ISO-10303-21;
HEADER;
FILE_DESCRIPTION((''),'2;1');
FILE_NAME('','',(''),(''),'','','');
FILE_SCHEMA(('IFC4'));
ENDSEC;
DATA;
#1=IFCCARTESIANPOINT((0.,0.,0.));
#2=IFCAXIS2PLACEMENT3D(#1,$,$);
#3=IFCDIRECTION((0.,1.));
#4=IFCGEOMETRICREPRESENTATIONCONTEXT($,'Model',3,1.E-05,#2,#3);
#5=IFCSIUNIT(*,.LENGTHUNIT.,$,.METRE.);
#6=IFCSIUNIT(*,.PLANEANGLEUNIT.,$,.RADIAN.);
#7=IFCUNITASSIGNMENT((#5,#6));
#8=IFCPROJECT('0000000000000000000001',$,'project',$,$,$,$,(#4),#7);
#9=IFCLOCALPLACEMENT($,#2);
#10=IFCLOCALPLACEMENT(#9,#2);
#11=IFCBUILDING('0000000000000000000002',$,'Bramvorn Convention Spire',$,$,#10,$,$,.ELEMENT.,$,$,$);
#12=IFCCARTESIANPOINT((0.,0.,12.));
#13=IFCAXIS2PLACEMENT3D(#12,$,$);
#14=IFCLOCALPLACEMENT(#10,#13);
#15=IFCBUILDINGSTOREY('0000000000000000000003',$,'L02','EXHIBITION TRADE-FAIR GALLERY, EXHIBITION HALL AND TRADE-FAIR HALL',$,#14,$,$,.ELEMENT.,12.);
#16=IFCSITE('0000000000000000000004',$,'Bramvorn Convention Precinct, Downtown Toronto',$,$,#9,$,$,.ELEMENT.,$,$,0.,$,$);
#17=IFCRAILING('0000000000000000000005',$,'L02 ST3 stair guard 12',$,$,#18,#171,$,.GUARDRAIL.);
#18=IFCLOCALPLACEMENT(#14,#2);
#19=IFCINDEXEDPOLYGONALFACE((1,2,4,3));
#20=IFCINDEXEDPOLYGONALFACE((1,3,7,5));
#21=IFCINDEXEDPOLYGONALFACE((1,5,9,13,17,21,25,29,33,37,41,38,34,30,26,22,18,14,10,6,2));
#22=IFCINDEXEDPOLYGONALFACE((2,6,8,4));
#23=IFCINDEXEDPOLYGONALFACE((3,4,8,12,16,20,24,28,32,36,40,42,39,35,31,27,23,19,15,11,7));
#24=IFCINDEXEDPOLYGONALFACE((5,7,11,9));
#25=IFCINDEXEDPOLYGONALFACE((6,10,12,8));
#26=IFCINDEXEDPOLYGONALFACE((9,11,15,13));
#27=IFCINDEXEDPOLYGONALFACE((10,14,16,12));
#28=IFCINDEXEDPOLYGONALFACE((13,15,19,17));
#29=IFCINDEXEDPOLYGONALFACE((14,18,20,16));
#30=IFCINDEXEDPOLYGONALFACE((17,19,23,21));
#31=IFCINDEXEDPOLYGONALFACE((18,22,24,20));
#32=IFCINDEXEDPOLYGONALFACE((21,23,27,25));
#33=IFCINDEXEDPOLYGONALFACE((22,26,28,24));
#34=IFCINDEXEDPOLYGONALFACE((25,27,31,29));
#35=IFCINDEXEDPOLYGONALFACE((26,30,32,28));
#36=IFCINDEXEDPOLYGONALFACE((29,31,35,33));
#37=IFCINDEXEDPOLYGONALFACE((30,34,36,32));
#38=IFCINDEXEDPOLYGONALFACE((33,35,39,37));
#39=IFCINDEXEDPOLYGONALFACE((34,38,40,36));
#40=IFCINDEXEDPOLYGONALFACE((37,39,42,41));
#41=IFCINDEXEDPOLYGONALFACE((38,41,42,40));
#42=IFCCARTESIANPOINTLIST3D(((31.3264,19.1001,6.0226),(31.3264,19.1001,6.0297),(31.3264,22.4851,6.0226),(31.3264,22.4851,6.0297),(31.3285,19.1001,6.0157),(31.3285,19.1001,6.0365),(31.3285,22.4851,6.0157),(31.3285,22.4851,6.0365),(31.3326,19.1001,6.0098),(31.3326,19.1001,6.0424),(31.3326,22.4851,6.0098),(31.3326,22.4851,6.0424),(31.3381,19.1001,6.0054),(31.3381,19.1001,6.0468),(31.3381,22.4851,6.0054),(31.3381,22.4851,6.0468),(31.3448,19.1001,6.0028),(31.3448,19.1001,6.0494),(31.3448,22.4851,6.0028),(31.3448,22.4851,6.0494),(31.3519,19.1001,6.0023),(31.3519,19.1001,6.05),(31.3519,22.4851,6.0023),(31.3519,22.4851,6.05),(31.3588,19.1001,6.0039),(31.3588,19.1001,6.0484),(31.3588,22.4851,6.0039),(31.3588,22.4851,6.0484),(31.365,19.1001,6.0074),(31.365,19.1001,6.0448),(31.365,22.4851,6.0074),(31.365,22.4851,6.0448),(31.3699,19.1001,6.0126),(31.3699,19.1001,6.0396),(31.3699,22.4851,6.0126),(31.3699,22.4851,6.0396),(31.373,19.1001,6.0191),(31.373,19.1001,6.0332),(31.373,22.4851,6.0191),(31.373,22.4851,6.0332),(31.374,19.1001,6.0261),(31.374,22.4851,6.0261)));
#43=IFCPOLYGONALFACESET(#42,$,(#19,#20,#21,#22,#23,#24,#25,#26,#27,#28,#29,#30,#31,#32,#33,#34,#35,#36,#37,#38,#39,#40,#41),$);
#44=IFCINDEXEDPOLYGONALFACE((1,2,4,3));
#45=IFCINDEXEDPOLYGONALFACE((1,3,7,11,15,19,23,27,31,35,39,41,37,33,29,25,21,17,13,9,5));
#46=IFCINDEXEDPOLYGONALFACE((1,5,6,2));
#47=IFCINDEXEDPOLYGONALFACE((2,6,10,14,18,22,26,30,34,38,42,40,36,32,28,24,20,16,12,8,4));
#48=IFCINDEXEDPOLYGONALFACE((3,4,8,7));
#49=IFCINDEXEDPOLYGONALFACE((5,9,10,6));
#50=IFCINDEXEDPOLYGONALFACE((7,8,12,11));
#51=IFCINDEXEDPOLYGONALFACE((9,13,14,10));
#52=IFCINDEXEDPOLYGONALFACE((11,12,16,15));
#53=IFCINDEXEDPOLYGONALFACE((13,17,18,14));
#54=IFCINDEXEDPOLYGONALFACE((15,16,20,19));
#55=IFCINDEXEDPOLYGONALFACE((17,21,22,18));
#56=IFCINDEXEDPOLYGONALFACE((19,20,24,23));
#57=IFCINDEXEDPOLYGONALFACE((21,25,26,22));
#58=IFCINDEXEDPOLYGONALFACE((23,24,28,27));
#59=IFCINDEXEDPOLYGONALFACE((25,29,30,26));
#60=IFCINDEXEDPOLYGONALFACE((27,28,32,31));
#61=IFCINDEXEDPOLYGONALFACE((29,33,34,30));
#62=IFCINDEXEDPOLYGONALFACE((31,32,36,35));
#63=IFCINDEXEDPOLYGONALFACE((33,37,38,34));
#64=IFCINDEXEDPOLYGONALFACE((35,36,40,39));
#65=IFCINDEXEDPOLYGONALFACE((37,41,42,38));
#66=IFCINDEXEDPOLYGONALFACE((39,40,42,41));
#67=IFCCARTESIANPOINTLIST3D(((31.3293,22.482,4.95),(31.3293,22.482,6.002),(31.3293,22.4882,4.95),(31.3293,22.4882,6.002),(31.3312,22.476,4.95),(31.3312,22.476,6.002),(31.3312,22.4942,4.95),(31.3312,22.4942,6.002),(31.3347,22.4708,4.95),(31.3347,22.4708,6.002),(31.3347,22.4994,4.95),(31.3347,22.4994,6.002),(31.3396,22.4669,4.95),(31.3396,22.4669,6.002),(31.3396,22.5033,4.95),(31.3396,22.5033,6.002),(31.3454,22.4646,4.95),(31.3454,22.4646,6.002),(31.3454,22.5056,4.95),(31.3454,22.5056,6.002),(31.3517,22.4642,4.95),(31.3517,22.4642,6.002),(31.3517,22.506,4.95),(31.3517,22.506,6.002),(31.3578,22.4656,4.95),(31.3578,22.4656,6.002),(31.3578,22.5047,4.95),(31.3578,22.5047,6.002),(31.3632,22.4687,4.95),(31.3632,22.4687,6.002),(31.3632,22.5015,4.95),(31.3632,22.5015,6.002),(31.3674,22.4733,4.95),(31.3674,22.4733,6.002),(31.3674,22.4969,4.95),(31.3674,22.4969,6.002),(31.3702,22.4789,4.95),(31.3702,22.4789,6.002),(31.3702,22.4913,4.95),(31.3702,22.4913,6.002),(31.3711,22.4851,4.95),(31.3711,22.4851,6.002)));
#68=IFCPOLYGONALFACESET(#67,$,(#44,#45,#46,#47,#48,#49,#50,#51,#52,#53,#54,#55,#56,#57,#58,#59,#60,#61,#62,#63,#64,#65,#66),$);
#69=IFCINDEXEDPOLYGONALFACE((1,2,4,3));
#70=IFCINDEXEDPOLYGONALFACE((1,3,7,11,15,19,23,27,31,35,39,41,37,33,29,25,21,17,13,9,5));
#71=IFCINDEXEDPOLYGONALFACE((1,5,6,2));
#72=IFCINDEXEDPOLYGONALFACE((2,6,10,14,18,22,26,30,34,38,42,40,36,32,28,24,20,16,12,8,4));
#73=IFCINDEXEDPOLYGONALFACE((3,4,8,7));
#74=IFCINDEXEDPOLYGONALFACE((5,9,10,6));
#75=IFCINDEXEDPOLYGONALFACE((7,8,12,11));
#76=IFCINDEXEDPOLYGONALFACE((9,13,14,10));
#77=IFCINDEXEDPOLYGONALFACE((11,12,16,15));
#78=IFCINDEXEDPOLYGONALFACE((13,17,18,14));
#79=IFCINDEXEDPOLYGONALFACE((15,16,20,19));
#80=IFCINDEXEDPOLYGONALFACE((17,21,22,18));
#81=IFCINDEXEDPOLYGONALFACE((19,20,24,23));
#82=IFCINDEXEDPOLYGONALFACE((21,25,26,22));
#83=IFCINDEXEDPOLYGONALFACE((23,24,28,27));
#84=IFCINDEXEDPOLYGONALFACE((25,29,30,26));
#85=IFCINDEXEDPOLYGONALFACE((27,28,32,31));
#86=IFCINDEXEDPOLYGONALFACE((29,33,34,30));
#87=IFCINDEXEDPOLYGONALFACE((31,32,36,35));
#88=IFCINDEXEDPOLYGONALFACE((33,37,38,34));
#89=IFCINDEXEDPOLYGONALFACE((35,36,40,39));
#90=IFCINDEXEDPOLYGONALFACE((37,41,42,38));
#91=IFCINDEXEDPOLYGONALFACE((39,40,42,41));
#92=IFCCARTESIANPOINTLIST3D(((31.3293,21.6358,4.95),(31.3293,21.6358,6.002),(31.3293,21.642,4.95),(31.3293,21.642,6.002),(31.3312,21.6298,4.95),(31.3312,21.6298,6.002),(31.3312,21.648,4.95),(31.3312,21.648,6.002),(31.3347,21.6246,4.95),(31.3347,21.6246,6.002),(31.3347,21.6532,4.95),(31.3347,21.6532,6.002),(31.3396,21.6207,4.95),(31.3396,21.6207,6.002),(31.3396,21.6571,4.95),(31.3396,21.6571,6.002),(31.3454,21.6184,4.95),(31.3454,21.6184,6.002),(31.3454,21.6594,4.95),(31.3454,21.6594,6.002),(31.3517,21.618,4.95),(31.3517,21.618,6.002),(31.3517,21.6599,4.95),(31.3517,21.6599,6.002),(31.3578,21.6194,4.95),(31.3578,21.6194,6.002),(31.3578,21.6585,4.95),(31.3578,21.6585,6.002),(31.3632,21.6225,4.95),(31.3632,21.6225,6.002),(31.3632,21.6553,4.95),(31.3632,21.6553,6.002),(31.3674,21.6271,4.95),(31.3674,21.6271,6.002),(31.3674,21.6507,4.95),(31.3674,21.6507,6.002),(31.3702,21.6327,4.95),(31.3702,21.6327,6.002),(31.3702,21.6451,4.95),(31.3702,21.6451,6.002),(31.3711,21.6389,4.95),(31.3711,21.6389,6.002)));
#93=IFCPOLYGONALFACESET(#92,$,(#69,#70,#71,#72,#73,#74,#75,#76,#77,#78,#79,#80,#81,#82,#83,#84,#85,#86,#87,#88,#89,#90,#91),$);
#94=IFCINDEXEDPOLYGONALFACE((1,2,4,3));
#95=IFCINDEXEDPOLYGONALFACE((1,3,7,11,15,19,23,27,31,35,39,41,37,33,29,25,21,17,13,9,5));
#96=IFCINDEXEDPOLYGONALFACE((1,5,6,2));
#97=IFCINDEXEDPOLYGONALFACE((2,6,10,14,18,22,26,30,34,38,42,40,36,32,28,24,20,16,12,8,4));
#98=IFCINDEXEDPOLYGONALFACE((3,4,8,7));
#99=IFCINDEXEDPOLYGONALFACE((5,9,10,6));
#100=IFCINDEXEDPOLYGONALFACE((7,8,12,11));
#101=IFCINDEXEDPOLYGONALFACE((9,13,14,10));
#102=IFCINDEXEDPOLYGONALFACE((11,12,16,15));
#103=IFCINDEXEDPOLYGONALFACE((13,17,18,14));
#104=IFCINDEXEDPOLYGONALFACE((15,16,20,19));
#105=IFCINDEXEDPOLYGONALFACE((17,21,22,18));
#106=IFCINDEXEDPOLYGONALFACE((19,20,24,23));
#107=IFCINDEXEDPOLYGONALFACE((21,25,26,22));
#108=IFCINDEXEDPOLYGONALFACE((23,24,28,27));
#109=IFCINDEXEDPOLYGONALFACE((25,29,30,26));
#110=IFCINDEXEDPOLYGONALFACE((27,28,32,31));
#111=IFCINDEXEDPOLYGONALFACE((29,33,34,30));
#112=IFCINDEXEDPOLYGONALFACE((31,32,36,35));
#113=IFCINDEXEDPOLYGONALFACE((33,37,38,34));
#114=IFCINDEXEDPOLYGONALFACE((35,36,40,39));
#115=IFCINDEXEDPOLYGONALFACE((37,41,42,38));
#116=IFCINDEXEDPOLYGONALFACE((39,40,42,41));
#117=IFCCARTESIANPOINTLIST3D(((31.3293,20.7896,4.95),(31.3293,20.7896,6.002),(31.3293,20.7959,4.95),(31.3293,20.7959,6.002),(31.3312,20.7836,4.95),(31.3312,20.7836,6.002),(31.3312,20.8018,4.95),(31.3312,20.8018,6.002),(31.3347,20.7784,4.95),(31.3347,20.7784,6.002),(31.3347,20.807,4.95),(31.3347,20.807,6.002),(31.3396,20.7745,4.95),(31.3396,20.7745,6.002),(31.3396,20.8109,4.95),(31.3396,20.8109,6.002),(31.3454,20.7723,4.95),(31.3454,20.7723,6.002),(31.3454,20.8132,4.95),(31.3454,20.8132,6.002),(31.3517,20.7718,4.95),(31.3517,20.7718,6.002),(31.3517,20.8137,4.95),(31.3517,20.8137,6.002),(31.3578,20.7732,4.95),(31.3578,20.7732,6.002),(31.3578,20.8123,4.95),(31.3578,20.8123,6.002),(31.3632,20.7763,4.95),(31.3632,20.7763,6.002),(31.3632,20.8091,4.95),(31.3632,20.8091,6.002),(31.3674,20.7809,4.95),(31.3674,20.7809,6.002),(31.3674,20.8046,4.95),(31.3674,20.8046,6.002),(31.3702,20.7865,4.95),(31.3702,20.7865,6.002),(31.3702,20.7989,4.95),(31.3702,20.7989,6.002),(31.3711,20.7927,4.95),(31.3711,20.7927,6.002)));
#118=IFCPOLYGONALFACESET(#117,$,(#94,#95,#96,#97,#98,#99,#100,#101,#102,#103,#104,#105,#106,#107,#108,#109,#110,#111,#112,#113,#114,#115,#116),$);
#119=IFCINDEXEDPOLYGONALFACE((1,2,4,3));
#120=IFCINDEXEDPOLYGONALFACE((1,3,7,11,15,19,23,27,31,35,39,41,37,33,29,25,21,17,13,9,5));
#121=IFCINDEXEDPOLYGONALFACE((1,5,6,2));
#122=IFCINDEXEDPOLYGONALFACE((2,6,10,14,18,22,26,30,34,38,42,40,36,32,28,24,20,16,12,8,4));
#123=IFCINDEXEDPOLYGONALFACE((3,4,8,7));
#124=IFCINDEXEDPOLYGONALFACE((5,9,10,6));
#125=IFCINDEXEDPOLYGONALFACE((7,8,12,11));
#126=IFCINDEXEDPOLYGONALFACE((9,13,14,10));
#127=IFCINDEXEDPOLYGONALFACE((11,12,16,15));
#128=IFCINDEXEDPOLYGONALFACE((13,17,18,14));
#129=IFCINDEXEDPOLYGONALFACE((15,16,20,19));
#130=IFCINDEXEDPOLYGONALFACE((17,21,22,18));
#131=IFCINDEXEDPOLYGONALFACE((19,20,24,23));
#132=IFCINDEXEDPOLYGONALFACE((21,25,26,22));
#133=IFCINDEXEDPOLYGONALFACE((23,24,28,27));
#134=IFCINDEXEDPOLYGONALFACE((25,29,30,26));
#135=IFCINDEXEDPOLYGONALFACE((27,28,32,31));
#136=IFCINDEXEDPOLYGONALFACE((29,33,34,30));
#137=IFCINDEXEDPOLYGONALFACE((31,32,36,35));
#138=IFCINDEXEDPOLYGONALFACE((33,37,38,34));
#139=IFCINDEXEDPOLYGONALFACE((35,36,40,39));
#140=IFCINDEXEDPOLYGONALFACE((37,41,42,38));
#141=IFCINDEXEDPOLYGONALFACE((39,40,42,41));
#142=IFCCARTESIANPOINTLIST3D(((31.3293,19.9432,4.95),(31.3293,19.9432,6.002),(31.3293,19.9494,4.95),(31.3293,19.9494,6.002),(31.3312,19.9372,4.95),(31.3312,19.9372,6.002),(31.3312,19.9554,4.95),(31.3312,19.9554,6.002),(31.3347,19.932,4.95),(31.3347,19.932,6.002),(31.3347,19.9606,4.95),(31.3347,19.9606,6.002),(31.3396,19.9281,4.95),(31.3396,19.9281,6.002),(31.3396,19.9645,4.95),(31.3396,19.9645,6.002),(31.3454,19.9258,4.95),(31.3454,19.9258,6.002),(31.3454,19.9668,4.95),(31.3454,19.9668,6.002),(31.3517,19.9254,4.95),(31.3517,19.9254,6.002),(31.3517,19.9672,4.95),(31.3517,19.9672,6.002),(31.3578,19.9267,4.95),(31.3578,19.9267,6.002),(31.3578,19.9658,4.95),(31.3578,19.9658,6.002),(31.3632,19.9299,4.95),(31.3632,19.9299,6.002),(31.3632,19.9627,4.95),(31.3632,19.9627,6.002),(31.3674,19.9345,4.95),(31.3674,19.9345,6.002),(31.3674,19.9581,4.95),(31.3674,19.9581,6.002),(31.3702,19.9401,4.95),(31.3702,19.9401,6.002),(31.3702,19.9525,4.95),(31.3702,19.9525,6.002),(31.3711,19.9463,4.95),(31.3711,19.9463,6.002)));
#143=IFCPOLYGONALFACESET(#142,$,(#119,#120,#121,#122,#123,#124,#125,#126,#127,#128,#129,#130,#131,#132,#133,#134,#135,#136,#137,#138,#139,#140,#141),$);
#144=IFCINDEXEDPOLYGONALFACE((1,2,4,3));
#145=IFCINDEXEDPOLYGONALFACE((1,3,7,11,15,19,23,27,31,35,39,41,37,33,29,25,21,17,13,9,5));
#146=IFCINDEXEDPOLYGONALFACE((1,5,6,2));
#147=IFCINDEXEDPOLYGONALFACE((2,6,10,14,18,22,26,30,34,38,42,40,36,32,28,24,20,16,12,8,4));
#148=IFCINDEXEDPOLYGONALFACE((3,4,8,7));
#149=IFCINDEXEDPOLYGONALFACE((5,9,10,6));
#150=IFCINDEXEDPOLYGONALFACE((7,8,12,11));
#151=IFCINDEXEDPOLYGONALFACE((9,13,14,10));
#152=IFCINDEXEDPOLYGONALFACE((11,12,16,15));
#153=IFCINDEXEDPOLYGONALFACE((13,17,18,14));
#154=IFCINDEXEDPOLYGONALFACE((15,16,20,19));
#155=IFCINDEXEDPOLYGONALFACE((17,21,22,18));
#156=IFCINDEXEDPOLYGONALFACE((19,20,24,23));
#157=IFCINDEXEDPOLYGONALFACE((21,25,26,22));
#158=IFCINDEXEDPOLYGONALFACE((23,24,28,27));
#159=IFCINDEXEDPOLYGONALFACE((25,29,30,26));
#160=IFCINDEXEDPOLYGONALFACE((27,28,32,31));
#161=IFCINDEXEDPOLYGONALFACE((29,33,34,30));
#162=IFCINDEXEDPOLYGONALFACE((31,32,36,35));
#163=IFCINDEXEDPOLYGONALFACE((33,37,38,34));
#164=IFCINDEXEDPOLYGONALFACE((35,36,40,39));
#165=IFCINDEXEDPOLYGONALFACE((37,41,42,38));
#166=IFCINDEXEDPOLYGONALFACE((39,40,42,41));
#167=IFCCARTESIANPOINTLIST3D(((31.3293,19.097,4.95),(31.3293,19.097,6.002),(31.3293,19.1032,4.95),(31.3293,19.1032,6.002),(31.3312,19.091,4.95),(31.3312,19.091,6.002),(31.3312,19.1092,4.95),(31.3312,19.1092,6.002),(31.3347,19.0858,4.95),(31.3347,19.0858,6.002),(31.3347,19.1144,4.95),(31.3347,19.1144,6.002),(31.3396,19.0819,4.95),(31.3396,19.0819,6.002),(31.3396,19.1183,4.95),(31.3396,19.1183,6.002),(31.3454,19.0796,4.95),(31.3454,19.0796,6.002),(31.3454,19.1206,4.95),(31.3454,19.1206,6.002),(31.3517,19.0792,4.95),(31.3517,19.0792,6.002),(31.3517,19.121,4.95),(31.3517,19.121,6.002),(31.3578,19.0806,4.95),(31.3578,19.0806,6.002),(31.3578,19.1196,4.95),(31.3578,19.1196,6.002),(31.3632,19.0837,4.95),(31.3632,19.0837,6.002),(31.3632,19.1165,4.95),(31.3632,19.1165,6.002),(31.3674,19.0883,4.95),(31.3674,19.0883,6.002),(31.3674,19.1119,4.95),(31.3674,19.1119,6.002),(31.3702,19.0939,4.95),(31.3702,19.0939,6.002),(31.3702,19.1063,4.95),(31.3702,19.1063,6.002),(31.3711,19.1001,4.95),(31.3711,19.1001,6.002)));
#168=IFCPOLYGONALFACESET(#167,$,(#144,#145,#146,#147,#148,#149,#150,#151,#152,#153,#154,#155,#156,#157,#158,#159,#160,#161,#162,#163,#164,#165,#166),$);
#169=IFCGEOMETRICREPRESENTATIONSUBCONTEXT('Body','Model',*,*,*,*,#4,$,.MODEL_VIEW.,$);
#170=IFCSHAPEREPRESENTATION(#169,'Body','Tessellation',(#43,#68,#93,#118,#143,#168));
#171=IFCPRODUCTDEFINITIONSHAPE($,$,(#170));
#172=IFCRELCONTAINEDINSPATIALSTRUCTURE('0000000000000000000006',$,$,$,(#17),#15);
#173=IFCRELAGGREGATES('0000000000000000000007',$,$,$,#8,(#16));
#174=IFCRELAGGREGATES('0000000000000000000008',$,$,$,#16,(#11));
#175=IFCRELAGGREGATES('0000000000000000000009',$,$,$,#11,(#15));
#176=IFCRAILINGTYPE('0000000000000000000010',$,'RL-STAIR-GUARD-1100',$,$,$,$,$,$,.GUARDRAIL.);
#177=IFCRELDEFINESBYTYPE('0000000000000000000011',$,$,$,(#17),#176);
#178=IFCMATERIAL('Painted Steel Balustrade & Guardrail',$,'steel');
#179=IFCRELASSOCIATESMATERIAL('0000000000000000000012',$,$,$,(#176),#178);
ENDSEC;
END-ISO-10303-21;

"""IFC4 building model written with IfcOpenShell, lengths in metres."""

from ifc_helpers import new_model, si_unit, direction, frame, origin, origin_2d, place, context, subcontext, project, spatial, circle, extrude, material, type_object, element, save


model = new_model("IFC4")

# Units and contexts
model_context = context("Model", 3, precision=1e-05, world=origin(), true_north=direction((0.0, 1.0)))
body_context = subcontext(model_context, "Body", "Model", "MODEL_VIEW")
ifc_project = project(units=[si_unit("LENGTHUNIT", "METRE"), si_unit("PLANEANGLEUNIT", "RADIAN")], contexts=[model_context])

# Site, building, storey
site_placement = place(None, origin())
site = spatial("IfcSite", under=ifc_project, at=site_placement, Name="Bramvorn Convention Precinct, Downtown Toronto", CompositionType="ELEMENT", RefElevation=0.0)
building_placement = place(site_placement, origin())
building = spatial("IfcBuilding", under=site, at=building_placement, Name="Bramvorn Convention Spire", CompositionType="ELEMENT")
storey_placement = place(building_placement, frame((0.0, 0.0, 12.0)))
storey = spatial("IfcBuildingStorey", under=building, at=storey_placement, Name="L02", Description="EXHIBITION TRADE-FAIR GALLERY, EXHIBITION HALL AND TRADE-FAIR HALL", CompositionType="ELEMENT", Elevation=12.0)

# Railing
ifc_material_1 = material(Name="Painted Steel Balustrade & Guardrail", Category="steel")
railing_type_1 = type_object("IfcRailingType", Name="RL-STAIR-GUARD-1100", PredefinedType="GUARDRAIL", material=ifc_material_1)
for number, where, name in (
    (1, (31.3501, 22.4851, 4.95), "L02 ST3 stair guard 12"),
):
    element("IfcRailing", number, at=place(storey_placement, frame(where)), inside=storey, type_object=railing_type_1, Name=name, PredefinedType="GUARDRAIL", context=body_context, shape_type="SweptSolid", body=[
        extrude(circle(Radius=0.0239, at=origin_2d()), frame((0.0, 0.0, 1.0762), z_axis=(0.0, -1.0, 0.0), x_axis=(1.0, 0.0, 0.0)), (0.0, 0.0, 1.0), 3.385),
        extrude(circle(Radius=0.021, at=origin_2d()), origin(), (0.0, 0.0, 1.0), 1.052),
        extrude(circle(Radius=0.021, at=origin_2d()), frame((0.0, -0.8462, 0.0)), (0.0, 0.0, 1.0), 1.052),
        extrude(circle(Radius=0.021, at=origin_2d()), frame((0.0, -1.6924, 0.0)), (0.0, 0.0, 1.0), 1.052),
        extrude(circle(Radius=0.021, at=origin_2d()), frame((0.0, -2.5388, 0.0)), (0.0, 0.0, 1.0), 1.052),
        extrude(circle(Radius=0.021, at=origin_2d()), frame((0.0, -3.385, 0.0)), (0.0, 0.0, 1.0), 1.052),
    ])

save(model, "model.ifc")
